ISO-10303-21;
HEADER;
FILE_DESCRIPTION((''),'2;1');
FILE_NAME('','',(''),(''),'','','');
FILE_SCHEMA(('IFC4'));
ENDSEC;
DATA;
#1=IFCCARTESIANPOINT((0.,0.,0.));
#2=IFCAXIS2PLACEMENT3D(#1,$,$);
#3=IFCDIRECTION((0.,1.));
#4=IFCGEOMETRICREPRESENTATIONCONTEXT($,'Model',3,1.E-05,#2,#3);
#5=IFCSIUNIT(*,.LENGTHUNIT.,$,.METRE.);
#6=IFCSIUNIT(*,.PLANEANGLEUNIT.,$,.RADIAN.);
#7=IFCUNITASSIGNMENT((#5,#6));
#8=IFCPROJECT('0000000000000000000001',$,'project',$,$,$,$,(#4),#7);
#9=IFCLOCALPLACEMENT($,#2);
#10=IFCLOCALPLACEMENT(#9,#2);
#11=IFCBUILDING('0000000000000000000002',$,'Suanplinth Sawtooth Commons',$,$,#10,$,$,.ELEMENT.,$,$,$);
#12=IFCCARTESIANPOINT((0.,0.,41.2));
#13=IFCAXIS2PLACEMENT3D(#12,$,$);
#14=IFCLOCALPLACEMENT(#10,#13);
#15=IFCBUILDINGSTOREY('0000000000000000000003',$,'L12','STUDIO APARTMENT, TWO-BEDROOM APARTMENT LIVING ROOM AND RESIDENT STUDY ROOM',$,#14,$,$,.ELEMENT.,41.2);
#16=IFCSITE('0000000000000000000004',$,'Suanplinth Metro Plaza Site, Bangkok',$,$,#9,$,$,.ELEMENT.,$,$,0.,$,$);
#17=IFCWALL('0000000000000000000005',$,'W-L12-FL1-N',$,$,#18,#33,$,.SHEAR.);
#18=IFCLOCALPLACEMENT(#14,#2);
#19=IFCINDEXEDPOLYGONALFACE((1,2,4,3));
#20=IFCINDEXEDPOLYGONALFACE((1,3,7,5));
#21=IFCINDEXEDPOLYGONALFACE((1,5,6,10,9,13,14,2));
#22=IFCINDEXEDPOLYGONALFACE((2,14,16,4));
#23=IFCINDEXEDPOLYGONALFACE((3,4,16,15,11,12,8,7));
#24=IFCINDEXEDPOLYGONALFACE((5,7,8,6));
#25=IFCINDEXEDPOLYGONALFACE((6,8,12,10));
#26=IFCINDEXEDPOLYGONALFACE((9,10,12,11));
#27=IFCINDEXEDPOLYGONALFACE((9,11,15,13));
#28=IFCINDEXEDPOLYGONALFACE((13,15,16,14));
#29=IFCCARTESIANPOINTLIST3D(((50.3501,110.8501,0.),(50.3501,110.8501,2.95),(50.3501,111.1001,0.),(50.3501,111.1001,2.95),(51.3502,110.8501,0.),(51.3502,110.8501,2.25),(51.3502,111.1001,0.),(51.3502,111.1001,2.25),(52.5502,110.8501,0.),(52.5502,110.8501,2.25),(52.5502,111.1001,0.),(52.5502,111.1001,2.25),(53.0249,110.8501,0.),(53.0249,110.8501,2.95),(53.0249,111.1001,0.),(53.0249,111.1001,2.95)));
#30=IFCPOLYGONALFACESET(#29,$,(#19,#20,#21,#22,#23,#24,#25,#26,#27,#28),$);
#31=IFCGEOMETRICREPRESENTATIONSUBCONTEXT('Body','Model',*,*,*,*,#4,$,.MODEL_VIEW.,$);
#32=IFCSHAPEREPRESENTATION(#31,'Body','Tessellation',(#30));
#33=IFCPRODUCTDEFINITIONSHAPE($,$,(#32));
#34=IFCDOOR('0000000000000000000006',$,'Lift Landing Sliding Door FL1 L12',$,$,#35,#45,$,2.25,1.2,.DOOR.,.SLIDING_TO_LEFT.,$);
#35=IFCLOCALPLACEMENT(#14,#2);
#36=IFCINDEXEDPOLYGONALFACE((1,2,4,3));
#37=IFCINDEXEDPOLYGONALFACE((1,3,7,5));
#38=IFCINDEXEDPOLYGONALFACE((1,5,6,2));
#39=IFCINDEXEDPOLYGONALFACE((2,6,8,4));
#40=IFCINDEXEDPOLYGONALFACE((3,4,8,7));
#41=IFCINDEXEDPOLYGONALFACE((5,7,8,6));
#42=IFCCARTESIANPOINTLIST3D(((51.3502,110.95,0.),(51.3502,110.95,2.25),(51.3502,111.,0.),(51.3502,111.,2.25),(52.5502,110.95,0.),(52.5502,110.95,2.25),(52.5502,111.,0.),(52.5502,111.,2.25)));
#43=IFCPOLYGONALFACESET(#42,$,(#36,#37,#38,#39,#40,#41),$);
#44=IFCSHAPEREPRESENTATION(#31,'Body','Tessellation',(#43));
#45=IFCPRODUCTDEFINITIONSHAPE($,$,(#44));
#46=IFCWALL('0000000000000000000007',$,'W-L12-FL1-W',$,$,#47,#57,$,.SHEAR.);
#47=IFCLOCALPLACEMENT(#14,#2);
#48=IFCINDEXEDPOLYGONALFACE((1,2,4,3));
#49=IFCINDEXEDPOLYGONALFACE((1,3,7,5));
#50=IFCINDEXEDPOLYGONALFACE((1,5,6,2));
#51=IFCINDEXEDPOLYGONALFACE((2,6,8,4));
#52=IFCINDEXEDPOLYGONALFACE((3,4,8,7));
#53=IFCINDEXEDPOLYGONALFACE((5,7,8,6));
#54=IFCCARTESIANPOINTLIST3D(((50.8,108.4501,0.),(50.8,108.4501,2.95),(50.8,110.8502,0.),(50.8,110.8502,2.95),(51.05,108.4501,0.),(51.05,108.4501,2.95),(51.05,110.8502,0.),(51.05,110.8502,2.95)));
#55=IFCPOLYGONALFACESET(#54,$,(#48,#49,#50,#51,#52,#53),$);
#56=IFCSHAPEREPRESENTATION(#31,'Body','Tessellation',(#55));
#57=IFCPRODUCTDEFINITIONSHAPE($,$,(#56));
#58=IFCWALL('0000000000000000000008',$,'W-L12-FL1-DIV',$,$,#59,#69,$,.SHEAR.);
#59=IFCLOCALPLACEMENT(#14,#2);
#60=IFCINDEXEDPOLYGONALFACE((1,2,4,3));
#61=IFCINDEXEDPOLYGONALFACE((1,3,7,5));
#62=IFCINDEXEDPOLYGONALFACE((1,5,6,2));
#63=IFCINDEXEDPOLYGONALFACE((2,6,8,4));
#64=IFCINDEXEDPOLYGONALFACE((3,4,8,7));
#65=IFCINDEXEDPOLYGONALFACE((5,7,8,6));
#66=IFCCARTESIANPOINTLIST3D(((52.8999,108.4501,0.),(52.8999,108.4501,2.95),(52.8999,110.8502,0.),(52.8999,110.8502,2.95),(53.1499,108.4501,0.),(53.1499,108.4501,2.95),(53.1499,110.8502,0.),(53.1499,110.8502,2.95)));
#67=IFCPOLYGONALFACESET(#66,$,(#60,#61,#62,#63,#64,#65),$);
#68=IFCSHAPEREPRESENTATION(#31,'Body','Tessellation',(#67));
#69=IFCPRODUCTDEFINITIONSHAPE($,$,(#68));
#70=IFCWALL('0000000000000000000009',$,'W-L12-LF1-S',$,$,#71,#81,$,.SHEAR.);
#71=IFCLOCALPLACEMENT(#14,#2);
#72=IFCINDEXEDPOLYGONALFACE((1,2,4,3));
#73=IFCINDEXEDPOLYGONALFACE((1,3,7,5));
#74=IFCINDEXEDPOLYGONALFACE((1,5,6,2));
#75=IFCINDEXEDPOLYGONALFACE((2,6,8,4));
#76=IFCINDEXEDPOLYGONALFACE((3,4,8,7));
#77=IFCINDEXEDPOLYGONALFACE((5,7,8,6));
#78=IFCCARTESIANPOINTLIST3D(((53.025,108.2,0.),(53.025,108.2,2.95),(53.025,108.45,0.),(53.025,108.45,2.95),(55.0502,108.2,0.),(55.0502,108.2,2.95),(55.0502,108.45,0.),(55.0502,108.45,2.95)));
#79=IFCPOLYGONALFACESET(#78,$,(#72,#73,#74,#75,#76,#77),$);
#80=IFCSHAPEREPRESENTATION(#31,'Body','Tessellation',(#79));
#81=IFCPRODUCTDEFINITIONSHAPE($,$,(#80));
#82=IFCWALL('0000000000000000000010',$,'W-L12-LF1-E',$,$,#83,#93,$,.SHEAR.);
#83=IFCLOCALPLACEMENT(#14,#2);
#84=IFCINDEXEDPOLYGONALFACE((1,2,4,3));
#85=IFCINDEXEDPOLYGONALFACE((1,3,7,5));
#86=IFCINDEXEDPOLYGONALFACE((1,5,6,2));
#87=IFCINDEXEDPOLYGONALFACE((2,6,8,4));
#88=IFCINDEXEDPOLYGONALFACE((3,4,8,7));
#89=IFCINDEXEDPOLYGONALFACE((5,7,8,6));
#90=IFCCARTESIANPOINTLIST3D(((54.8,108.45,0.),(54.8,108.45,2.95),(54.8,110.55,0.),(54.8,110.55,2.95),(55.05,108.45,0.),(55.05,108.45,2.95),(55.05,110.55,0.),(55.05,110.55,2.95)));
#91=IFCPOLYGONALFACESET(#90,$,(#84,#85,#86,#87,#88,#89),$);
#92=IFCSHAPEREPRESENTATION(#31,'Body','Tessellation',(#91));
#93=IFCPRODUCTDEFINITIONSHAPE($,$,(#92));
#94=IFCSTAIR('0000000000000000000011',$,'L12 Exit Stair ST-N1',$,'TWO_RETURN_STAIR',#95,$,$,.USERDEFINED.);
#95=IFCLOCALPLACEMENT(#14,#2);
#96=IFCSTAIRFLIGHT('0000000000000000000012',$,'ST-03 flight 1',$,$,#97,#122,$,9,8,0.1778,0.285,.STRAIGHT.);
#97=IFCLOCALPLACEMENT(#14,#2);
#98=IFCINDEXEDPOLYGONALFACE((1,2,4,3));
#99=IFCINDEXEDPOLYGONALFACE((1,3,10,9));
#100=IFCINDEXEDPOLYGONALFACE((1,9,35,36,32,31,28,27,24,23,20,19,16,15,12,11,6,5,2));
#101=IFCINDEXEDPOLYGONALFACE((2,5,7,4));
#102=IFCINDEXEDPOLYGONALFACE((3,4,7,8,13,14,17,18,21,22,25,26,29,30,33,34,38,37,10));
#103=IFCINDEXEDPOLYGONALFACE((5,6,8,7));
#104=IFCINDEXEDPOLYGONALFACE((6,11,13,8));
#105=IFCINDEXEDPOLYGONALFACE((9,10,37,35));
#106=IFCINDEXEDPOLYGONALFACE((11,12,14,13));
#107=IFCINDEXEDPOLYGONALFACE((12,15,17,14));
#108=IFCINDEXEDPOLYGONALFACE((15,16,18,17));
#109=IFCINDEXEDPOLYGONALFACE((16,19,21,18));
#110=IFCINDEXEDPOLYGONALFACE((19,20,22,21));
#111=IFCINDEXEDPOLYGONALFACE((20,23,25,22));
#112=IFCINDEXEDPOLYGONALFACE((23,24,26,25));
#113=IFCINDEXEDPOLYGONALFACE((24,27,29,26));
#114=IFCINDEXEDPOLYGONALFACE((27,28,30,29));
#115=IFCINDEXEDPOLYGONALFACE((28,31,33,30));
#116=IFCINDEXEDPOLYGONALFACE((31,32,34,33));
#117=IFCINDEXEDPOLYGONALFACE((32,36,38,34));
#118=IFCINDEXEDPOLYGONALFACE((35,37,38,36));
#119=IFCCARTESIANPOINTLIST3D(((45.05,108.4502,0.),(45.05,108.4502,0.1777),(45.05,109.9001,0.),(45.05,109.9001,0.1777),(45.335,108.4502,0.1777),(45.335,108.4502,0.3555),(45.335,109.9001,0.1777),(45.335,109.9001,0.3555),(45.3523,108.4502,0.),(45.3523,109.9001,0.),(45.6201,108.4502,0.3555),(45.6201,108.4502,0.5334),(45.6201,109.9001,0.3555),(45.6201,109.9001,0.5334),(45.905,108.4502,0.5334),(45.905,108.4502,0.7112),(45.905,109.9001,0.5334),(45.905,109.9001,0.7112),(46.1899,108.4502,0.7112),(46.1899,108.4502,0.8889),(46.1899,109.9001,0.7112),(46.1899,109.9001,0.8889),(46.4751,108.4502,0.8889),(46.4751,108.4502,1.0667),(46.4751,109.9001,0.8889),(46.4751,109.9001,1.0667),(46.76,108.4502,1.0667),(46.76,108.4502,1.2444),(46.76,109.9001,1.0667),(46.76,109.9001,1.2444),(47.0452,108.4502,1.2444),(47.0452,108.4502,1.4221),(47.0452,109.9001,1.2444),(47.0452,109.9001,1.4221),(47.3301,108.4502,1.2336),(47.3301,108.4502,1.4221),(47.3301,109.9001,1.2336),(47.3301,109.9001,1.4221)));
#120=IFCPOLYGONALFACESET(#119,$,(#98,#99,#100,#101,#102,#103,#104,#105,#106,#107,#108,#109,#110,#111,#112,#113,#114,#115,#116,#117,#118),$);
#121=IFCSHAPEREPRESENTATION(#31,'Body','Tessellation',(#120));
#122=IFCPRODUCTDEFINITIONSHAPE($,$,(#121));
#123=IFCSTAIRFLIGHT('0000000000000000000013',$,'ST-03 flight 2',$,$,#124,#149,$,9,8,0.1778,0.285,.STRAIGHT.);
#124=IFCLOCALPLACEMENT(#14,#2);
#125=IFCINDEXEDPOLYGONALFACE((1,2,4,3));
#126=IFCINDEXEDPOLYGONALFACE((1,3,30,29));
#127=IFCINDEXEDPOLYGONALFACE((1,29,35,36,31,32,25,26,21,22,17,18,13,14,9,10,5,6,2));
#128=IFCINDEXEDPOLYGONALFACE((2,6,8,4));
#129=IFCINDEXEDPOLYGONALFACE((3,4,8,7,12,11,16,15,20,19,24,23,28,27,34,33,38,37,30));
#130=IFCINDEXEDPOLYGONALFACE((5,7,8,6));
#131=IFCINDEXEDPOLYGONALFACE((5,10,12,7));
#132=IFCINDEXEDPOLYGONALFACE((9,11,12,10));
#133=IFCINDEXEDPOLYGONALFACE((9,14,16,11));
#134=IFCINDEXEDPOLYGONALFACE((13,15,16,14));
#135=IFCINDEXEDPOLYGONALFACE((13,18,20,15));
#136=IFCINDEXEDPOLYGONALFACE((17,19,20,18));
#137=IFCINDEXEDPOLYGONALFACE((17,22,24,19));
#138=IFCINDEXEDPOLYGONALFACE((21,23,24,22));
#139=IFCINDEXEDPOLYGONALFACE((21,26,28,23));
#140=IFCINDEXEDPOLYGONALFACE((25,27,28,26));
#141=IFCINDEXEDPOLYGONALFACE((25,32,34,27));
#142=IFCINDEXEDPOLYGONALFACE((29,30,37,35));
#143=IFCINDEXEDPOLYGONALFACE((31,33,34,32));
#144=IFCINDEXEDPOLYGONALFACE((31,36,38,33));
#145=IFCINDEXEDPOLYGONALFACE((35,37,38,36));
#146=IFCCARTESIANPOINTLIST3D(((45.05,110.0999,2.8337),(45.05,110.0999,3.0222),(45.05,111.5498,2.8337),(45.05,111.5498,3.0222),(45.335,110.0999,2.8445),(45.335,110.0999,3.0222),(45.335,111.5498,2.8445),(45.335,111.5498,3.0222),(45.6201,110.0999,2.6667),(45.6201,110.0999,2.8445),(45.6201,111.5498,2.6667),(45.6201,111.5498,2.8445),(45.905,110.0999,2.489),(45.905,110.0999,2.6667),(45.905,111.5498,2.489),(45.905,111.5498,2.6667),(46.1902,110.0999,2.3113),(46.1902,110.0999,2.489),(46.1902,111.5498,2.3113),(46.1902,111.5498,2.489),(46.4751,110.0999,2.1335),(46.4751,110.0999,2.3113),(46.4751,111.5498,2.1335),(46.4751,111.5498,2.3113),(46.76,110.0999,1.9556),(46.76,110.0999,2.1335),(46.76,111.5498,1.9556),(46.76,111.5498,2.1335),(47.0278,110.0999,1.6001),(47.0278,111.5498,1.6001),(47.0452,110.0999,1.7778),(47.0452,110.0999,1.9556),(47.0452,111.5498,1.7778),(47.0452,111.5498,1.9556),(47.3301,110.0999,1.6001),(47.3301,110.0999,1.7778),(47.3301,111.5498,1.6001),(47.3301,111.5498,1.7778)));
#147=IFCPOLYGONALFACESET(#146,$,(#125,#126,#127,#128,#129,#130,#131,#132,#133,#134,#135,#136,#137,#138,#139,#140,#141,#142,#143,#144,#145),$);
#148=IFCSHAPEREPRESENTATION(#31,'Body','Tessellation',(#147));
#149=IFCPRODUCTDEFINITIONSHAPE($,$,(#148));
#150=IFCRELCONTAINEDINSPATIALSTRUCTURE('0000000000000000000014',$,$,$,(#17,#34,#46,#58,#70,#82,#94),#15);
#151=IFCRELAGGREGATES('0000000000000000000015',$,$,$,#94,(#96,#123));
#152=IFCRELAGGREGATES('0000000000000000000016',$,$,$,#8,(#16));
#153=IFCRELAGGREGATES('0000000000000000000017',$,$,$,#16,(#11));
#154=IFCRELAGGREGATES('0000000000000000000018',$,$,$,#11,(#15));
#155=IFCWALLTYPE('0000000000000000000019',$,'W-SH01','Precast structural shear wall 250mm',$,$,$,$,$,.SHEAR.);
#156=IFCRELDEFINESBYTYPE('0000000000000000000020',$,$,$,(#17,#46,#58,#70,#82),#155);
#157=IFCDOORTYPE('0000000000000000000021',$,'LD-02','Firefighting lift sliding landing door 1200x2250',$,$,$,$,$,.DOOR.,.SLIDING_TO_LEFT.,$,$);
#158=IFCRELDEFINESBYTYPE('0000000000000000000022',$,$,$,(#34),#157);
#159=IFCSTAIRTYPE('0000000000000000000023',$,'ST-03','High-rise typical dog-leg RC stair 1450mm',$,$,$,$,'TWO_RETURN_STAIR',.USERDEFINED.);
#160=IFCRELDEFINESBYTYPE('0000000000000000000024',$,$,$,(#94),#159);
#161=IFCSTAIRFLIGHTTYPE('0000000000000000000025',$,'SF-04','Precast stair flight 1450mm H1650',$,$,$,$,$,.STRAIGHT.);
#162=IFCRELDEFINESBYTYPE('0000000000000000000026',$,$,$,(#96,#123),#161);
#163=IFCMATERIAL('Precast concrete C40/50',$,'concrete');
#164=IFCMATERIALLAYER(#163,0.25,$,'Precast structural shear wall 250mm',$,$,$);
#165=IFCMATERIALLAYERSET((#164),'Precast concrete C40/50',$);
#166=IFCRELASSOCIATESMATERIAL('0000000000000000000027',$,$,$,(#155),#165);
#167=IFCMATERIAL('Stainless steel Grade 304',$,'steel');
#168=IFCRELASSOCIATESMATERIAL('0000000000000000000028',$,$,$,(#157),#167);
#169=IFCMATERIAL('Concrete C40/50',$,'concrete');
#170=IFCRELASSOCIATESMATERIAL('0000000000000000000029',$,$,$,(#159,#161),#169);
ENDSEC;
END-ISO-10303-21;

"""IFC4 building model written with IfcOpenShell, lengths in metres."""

from ifc_helpers import new_model, si_unit, direction, frame, frame_2d, origin, place, context, subcontext, project, spatial, polyline, rectangle, outline, extrude, material, layer, layer_set, type_object, element, fill, aggregate, save


model = new_model("IFC4")

# Units and contexts
model_context = context("Model", 3, precision=1e-05, world=origin(), true_north=direction((0.0, 1.0)))
body_context = subcontext(model_context, "Body", "Model", "MODEL_VIEW")
ifc_project = project(units=[si_unit("LENGTHUNIT", "METRE"), si_unit("PLANEANGLEUNIT", "RADIAN")], contexts=[model_context])

# Site, building, storey
site_placement = place(None, origin())
site = spatial("IfcSite", under=ifc_project, at=site_placement, Name="Suanplinth Metro Plaza Site, Bangkok", CompositionType="ELEMENT", RefElevation=0.0)
building_placement = place(site_placement, origin())
building = spatial("IfcBuilding", under=site, at=building_placement, Name="Suanplinth Sawtooth Commons", CompositionType="ELEMENT")
storey_placement = place(building_placement, frame((0.0, 0.0, 41.2)))
storey = spatial("IfcBuildingStorey", under=building, at=storey_placement, Name="L12", Description="STUDIO APARTMENT, TWO-BEDROOM APARTMENT LIVING ROOM AND RESIDENT STUDY ROOM", CompositionType="ELEMENT", Elevation=41.2)

# Shared definitions
ifc_material_1 = material(Name="Precast concrete C40/50", Category="concrete")

# Shared definitions
ifc_material_2 = material(Name="Concrete C40/50", Category="concrete")

# Shared definitions
ifc_layer_1 = layer(ifc_material_1, 0.25, Name="Precast structural shear wall 250mm")
ifc_layer_set_1 = layer_set([ifc_layer_1], Name="Precast concrete C40/50")
wall_type_1 = type_object("IfcWallType", Name="W-SH01", Description="Precast structural shear wall 250mm", PredefinedType="SHEAR", material=ifc_layer_set_1)

# Wall, opening, door
wall_1_placement = place(storey_placement, frame((50.3501, 110.9751, 0.0), z_axis=(0.0, 0.0, 1.0), x_axis=(1.0, 0.0, 0.0)))
wall_1 = element("IfcWall", 1, at=wall_1_placement, inside=storey, type_object=wall_type_1, Name="W-L12-FL1-N", PredefinedType="SHEAR", context=body_context, shape_type="SweptSolid", body=[
    extrude(rectangle(XDim=2.6748, YDim=0.25, at=frame_2d((1.3374, 0.0))), origin(), (0.0, 0.0, 1.0), 2.95),
])
opening_1_placement = place(wall_1_placement, frame((1.0, 0.0, 0.0)))
opening_1 = element("IfcOpeningElement", 2, at=opening_1_placement, cuts=wall_1, PredefinedType="OPENING", context=body_context, shape_type="SweptSolid", body=[
    extrude(rectangle(XDim=1.2, YDim=2.25, at=frame_2d((0.6001, 1.125))), frame((0.0, 0.1399, 0.0), z_axis=(0.0, -1.0, 0.0), x_axis=(1.0, 0.0, 0.0)), (0.0, 0.0, 1.0), 0.2798),
])
ifc_material_3 = material(Name="Stainless steel Grade 304", Category="steel")
door_type_1 = type_object("IfcDoorType", Name="LD-02", Description="Firefighting lift sliding landing door 1200x2250", OperationType="SLIDING_TO_LEFT", PredefinedType="DOOR", material=ifc_material_3)
door_1_placement = place(opening_1_placement, origin())
door_1 = element("IfcDoor", 3, at=door_1_placement, inside=storey, type_object=door_type_1, Name="Lift Landing Sliding Door FL1 L12", OperationType="SLIDING_TO_LEFT", OverallHeight=2.25, OverallWidth=1.2, PredefinedType="DOOR", context=body_context, shape_type="SweptSolid", body=[
    extrude(rectangle(XDim=1.2, YDim=2.25, at=frame_2d((0.6001, 1.125))), frame((0.0, 0.0249, 0.0), z_axis=(0.0, -1.0, 0.0), x_axis=(1.0, 0.0, 0.0)), (0.0, 0.0, 1.0), 0.05),
])
fill(opening_1, door_1)

# Walls
for number, where, z_axis, x_axis, name in (
    (4, (50.925, 108.45, 0.0), (0.0, 0.0, 1.0), (0.0, 1.0, 0.0), "W-L12-FL1-W"),
    (5, (53.0249, 108.45, 0.0), (0.0, 0.0, 1.0), (0.0, 1.0, 0.0), "W-L12-FL1-DIV"),
):
    element("IfcWall", number, at=place(storey_placement, frame(where, z_axis=z_axis, x_axis=x_axis)), inside=storey, type_object=wall_type_1, Name=name, PredefinedType="SHEAR", context=body_context, shape_type="SweptSolid", body=[
        extrude(rectangle(XDim=2.4001, YDim=0.25, at=frame_2d((1.2002, 0.0))), origin(), (0.0, 0.0, 1.0), 2.95),
    ])
wall_2_placement = place(storey_placement, frame((53.0249, 108.325, 0.0), z_axis=(0.0, 0.0, 1.0), x_axis=(1.0, 0.0, 0.0)))
element("IfcWall", 6, at=wall_2_placement, inside=storey, type_object=wall_type_1, Name="W-L12-LF1-S", PredefinedType="SHEAR", context=body_context, shape_type="SweptSolid", body=[
    extrude(rectangle(XDim=2.0251, YDim=0.25, at=frame_2d((1.0127, 0.0))), origin(), (0.0, 0.0, 1.0), 2.95),
])

# Wall
wall_3_placement = place(storey_placement, frame((54.925, 108.45, 0.0), z_axis=(0.0, 0.0, 1.0), x_axis=(0.0, 1.0, 0.0)))
element("IfcWall", 7, at=wall_3_placement, inside=storey, type_object=wall_type_1, Name="W-L12-LF1-E", PredefinedType="SHEAR", context=body_context, shape_type="SweptSolid", body=[
    extrude(rectangle(XDim=2.1001, YDim=0.25, at=frame_2d((1.05, 0.0))), origin(), (0.0, 0.0, 1.0), 2.95),
])

# Stair, stair flights
stair_type = type_object("IfcStairType", Name="ST-03", Description="High-rise typical dog-leg RC stair 1450mm", ElementType="TWO_RETURN_STAIR", PredefinedType="USERDEFINED", material=ifc_material_2)
stair_placement = place(storey_placement, origin())
stair = element("IfcStair", 8, at=stair_placement, inside=storey, type_object=stair_type, Name="L12 Exit Stair ST-N1", ObjectType="TWO_RETURN_STAIR", PredefinedType="USERDEFINED")
stair_flight_type = type_object("IfcStairFlightType", Name="SF-04", Description="Precast stair flight 1450mm H1650", PredefinedType="STRAIGHT", material=ifc_material_2)
stair_flight_1_placement = place(storey_placement, frame((45.05, 109.175, 0.0), z_axis=(0.0, 0.0, 1.0), x_axis=(1.0, 0.0, 0.0)))
stair_flight_1 = element("IfcStairFlight", 9, at=stair_flight_1_placement, type_object=stair_flight_type, Name="ST-03 flight 1", NumberOfRisers=9, NumberOfTreads=8, PredefinedType="STRAIGHT", RiserHeight=0.1778, TreadLength=0.285, context=body_context, shape_type="SweptSolid", body=[
    extrude(outline(polyline([(0.0, 0.0), (0.0, 0.1777), (0.2849, 0.1777), (0.2849, 0.3555), (0.5701, 0.3555), (0.5701, 0.5334), (0.855, 0.5334), (0.855, 0.7112), (1.1399, 0.7112), (1.1399, 0.8889), (1.425, 0.8889), (1.425, 1.0667), (1.71, 1.0667), (1.71, 1.2444), (1.9951, 1.2444), (1.9951, 1.4221), (2.28, 1.4221), (2.28, 1.6001), (2.28, 1.2336), (0.3022, 0.0), (0.0, 0.0)])), frame((0.0, 0.7251, 0.0), z_axis=(0.0, -1.0, 0.0), x_axis=(1.0, 0.0, 0.0)), (0.0, 0.0, 1.0), 1.45),
])
stair_flight_2_placement = place(storey_placement, frame((47.3301, 110.825, 1.6001), z_axis=(0.0, 0.0, 1.0), x_axis=(-1.0, 0.0, 0.0)))
stair_flight_2 = element("IfcStairFlight", 10, at=stair_flight_2_placement, type_object=stair_flight_type, Name="ST-03 flight 2", NumberOfRisers=9, NumberOfTreads=8, PredefinedType="STRAIGHT", RiserHeight=0.1778, TreadLength=0.285, context=body_context, shape_type="SweptSolid", body=[
    extrude(outline(polyline([(0.0, 0.0), (0.0, 0.1777), (0.2849, 0.1777), (0.2849, 0.3555), (0.5701, 0.3555), (0.5701, 0.5334), (0.855, 0.5334), (0.855, 0.7112), (1.1399, 0.7112), (1.1399, 0.8889), (1.425, 0.8889), (1.425, 1.0667), (1.71, 1.0667), (1.71, 1.2444), (1.9951, 1.2444), (1.9951, 1.4221), (2.28, 1.4221), (2.28, 1.6001), (2.28, 1.2336), (0.3022, 0.0), (0.0, 0.0)])), frame((0.0, 0.7251, 0.0), z_axis=(0.0, -1.0, 0.0), x_axis=(1.0, 0.0, 0.0)), (0.0, 0.0, 1.0), 1.45),
])
aggregate(stair, [stair_flight_1, stair_flight_2])

save(model, "model.ifc")
